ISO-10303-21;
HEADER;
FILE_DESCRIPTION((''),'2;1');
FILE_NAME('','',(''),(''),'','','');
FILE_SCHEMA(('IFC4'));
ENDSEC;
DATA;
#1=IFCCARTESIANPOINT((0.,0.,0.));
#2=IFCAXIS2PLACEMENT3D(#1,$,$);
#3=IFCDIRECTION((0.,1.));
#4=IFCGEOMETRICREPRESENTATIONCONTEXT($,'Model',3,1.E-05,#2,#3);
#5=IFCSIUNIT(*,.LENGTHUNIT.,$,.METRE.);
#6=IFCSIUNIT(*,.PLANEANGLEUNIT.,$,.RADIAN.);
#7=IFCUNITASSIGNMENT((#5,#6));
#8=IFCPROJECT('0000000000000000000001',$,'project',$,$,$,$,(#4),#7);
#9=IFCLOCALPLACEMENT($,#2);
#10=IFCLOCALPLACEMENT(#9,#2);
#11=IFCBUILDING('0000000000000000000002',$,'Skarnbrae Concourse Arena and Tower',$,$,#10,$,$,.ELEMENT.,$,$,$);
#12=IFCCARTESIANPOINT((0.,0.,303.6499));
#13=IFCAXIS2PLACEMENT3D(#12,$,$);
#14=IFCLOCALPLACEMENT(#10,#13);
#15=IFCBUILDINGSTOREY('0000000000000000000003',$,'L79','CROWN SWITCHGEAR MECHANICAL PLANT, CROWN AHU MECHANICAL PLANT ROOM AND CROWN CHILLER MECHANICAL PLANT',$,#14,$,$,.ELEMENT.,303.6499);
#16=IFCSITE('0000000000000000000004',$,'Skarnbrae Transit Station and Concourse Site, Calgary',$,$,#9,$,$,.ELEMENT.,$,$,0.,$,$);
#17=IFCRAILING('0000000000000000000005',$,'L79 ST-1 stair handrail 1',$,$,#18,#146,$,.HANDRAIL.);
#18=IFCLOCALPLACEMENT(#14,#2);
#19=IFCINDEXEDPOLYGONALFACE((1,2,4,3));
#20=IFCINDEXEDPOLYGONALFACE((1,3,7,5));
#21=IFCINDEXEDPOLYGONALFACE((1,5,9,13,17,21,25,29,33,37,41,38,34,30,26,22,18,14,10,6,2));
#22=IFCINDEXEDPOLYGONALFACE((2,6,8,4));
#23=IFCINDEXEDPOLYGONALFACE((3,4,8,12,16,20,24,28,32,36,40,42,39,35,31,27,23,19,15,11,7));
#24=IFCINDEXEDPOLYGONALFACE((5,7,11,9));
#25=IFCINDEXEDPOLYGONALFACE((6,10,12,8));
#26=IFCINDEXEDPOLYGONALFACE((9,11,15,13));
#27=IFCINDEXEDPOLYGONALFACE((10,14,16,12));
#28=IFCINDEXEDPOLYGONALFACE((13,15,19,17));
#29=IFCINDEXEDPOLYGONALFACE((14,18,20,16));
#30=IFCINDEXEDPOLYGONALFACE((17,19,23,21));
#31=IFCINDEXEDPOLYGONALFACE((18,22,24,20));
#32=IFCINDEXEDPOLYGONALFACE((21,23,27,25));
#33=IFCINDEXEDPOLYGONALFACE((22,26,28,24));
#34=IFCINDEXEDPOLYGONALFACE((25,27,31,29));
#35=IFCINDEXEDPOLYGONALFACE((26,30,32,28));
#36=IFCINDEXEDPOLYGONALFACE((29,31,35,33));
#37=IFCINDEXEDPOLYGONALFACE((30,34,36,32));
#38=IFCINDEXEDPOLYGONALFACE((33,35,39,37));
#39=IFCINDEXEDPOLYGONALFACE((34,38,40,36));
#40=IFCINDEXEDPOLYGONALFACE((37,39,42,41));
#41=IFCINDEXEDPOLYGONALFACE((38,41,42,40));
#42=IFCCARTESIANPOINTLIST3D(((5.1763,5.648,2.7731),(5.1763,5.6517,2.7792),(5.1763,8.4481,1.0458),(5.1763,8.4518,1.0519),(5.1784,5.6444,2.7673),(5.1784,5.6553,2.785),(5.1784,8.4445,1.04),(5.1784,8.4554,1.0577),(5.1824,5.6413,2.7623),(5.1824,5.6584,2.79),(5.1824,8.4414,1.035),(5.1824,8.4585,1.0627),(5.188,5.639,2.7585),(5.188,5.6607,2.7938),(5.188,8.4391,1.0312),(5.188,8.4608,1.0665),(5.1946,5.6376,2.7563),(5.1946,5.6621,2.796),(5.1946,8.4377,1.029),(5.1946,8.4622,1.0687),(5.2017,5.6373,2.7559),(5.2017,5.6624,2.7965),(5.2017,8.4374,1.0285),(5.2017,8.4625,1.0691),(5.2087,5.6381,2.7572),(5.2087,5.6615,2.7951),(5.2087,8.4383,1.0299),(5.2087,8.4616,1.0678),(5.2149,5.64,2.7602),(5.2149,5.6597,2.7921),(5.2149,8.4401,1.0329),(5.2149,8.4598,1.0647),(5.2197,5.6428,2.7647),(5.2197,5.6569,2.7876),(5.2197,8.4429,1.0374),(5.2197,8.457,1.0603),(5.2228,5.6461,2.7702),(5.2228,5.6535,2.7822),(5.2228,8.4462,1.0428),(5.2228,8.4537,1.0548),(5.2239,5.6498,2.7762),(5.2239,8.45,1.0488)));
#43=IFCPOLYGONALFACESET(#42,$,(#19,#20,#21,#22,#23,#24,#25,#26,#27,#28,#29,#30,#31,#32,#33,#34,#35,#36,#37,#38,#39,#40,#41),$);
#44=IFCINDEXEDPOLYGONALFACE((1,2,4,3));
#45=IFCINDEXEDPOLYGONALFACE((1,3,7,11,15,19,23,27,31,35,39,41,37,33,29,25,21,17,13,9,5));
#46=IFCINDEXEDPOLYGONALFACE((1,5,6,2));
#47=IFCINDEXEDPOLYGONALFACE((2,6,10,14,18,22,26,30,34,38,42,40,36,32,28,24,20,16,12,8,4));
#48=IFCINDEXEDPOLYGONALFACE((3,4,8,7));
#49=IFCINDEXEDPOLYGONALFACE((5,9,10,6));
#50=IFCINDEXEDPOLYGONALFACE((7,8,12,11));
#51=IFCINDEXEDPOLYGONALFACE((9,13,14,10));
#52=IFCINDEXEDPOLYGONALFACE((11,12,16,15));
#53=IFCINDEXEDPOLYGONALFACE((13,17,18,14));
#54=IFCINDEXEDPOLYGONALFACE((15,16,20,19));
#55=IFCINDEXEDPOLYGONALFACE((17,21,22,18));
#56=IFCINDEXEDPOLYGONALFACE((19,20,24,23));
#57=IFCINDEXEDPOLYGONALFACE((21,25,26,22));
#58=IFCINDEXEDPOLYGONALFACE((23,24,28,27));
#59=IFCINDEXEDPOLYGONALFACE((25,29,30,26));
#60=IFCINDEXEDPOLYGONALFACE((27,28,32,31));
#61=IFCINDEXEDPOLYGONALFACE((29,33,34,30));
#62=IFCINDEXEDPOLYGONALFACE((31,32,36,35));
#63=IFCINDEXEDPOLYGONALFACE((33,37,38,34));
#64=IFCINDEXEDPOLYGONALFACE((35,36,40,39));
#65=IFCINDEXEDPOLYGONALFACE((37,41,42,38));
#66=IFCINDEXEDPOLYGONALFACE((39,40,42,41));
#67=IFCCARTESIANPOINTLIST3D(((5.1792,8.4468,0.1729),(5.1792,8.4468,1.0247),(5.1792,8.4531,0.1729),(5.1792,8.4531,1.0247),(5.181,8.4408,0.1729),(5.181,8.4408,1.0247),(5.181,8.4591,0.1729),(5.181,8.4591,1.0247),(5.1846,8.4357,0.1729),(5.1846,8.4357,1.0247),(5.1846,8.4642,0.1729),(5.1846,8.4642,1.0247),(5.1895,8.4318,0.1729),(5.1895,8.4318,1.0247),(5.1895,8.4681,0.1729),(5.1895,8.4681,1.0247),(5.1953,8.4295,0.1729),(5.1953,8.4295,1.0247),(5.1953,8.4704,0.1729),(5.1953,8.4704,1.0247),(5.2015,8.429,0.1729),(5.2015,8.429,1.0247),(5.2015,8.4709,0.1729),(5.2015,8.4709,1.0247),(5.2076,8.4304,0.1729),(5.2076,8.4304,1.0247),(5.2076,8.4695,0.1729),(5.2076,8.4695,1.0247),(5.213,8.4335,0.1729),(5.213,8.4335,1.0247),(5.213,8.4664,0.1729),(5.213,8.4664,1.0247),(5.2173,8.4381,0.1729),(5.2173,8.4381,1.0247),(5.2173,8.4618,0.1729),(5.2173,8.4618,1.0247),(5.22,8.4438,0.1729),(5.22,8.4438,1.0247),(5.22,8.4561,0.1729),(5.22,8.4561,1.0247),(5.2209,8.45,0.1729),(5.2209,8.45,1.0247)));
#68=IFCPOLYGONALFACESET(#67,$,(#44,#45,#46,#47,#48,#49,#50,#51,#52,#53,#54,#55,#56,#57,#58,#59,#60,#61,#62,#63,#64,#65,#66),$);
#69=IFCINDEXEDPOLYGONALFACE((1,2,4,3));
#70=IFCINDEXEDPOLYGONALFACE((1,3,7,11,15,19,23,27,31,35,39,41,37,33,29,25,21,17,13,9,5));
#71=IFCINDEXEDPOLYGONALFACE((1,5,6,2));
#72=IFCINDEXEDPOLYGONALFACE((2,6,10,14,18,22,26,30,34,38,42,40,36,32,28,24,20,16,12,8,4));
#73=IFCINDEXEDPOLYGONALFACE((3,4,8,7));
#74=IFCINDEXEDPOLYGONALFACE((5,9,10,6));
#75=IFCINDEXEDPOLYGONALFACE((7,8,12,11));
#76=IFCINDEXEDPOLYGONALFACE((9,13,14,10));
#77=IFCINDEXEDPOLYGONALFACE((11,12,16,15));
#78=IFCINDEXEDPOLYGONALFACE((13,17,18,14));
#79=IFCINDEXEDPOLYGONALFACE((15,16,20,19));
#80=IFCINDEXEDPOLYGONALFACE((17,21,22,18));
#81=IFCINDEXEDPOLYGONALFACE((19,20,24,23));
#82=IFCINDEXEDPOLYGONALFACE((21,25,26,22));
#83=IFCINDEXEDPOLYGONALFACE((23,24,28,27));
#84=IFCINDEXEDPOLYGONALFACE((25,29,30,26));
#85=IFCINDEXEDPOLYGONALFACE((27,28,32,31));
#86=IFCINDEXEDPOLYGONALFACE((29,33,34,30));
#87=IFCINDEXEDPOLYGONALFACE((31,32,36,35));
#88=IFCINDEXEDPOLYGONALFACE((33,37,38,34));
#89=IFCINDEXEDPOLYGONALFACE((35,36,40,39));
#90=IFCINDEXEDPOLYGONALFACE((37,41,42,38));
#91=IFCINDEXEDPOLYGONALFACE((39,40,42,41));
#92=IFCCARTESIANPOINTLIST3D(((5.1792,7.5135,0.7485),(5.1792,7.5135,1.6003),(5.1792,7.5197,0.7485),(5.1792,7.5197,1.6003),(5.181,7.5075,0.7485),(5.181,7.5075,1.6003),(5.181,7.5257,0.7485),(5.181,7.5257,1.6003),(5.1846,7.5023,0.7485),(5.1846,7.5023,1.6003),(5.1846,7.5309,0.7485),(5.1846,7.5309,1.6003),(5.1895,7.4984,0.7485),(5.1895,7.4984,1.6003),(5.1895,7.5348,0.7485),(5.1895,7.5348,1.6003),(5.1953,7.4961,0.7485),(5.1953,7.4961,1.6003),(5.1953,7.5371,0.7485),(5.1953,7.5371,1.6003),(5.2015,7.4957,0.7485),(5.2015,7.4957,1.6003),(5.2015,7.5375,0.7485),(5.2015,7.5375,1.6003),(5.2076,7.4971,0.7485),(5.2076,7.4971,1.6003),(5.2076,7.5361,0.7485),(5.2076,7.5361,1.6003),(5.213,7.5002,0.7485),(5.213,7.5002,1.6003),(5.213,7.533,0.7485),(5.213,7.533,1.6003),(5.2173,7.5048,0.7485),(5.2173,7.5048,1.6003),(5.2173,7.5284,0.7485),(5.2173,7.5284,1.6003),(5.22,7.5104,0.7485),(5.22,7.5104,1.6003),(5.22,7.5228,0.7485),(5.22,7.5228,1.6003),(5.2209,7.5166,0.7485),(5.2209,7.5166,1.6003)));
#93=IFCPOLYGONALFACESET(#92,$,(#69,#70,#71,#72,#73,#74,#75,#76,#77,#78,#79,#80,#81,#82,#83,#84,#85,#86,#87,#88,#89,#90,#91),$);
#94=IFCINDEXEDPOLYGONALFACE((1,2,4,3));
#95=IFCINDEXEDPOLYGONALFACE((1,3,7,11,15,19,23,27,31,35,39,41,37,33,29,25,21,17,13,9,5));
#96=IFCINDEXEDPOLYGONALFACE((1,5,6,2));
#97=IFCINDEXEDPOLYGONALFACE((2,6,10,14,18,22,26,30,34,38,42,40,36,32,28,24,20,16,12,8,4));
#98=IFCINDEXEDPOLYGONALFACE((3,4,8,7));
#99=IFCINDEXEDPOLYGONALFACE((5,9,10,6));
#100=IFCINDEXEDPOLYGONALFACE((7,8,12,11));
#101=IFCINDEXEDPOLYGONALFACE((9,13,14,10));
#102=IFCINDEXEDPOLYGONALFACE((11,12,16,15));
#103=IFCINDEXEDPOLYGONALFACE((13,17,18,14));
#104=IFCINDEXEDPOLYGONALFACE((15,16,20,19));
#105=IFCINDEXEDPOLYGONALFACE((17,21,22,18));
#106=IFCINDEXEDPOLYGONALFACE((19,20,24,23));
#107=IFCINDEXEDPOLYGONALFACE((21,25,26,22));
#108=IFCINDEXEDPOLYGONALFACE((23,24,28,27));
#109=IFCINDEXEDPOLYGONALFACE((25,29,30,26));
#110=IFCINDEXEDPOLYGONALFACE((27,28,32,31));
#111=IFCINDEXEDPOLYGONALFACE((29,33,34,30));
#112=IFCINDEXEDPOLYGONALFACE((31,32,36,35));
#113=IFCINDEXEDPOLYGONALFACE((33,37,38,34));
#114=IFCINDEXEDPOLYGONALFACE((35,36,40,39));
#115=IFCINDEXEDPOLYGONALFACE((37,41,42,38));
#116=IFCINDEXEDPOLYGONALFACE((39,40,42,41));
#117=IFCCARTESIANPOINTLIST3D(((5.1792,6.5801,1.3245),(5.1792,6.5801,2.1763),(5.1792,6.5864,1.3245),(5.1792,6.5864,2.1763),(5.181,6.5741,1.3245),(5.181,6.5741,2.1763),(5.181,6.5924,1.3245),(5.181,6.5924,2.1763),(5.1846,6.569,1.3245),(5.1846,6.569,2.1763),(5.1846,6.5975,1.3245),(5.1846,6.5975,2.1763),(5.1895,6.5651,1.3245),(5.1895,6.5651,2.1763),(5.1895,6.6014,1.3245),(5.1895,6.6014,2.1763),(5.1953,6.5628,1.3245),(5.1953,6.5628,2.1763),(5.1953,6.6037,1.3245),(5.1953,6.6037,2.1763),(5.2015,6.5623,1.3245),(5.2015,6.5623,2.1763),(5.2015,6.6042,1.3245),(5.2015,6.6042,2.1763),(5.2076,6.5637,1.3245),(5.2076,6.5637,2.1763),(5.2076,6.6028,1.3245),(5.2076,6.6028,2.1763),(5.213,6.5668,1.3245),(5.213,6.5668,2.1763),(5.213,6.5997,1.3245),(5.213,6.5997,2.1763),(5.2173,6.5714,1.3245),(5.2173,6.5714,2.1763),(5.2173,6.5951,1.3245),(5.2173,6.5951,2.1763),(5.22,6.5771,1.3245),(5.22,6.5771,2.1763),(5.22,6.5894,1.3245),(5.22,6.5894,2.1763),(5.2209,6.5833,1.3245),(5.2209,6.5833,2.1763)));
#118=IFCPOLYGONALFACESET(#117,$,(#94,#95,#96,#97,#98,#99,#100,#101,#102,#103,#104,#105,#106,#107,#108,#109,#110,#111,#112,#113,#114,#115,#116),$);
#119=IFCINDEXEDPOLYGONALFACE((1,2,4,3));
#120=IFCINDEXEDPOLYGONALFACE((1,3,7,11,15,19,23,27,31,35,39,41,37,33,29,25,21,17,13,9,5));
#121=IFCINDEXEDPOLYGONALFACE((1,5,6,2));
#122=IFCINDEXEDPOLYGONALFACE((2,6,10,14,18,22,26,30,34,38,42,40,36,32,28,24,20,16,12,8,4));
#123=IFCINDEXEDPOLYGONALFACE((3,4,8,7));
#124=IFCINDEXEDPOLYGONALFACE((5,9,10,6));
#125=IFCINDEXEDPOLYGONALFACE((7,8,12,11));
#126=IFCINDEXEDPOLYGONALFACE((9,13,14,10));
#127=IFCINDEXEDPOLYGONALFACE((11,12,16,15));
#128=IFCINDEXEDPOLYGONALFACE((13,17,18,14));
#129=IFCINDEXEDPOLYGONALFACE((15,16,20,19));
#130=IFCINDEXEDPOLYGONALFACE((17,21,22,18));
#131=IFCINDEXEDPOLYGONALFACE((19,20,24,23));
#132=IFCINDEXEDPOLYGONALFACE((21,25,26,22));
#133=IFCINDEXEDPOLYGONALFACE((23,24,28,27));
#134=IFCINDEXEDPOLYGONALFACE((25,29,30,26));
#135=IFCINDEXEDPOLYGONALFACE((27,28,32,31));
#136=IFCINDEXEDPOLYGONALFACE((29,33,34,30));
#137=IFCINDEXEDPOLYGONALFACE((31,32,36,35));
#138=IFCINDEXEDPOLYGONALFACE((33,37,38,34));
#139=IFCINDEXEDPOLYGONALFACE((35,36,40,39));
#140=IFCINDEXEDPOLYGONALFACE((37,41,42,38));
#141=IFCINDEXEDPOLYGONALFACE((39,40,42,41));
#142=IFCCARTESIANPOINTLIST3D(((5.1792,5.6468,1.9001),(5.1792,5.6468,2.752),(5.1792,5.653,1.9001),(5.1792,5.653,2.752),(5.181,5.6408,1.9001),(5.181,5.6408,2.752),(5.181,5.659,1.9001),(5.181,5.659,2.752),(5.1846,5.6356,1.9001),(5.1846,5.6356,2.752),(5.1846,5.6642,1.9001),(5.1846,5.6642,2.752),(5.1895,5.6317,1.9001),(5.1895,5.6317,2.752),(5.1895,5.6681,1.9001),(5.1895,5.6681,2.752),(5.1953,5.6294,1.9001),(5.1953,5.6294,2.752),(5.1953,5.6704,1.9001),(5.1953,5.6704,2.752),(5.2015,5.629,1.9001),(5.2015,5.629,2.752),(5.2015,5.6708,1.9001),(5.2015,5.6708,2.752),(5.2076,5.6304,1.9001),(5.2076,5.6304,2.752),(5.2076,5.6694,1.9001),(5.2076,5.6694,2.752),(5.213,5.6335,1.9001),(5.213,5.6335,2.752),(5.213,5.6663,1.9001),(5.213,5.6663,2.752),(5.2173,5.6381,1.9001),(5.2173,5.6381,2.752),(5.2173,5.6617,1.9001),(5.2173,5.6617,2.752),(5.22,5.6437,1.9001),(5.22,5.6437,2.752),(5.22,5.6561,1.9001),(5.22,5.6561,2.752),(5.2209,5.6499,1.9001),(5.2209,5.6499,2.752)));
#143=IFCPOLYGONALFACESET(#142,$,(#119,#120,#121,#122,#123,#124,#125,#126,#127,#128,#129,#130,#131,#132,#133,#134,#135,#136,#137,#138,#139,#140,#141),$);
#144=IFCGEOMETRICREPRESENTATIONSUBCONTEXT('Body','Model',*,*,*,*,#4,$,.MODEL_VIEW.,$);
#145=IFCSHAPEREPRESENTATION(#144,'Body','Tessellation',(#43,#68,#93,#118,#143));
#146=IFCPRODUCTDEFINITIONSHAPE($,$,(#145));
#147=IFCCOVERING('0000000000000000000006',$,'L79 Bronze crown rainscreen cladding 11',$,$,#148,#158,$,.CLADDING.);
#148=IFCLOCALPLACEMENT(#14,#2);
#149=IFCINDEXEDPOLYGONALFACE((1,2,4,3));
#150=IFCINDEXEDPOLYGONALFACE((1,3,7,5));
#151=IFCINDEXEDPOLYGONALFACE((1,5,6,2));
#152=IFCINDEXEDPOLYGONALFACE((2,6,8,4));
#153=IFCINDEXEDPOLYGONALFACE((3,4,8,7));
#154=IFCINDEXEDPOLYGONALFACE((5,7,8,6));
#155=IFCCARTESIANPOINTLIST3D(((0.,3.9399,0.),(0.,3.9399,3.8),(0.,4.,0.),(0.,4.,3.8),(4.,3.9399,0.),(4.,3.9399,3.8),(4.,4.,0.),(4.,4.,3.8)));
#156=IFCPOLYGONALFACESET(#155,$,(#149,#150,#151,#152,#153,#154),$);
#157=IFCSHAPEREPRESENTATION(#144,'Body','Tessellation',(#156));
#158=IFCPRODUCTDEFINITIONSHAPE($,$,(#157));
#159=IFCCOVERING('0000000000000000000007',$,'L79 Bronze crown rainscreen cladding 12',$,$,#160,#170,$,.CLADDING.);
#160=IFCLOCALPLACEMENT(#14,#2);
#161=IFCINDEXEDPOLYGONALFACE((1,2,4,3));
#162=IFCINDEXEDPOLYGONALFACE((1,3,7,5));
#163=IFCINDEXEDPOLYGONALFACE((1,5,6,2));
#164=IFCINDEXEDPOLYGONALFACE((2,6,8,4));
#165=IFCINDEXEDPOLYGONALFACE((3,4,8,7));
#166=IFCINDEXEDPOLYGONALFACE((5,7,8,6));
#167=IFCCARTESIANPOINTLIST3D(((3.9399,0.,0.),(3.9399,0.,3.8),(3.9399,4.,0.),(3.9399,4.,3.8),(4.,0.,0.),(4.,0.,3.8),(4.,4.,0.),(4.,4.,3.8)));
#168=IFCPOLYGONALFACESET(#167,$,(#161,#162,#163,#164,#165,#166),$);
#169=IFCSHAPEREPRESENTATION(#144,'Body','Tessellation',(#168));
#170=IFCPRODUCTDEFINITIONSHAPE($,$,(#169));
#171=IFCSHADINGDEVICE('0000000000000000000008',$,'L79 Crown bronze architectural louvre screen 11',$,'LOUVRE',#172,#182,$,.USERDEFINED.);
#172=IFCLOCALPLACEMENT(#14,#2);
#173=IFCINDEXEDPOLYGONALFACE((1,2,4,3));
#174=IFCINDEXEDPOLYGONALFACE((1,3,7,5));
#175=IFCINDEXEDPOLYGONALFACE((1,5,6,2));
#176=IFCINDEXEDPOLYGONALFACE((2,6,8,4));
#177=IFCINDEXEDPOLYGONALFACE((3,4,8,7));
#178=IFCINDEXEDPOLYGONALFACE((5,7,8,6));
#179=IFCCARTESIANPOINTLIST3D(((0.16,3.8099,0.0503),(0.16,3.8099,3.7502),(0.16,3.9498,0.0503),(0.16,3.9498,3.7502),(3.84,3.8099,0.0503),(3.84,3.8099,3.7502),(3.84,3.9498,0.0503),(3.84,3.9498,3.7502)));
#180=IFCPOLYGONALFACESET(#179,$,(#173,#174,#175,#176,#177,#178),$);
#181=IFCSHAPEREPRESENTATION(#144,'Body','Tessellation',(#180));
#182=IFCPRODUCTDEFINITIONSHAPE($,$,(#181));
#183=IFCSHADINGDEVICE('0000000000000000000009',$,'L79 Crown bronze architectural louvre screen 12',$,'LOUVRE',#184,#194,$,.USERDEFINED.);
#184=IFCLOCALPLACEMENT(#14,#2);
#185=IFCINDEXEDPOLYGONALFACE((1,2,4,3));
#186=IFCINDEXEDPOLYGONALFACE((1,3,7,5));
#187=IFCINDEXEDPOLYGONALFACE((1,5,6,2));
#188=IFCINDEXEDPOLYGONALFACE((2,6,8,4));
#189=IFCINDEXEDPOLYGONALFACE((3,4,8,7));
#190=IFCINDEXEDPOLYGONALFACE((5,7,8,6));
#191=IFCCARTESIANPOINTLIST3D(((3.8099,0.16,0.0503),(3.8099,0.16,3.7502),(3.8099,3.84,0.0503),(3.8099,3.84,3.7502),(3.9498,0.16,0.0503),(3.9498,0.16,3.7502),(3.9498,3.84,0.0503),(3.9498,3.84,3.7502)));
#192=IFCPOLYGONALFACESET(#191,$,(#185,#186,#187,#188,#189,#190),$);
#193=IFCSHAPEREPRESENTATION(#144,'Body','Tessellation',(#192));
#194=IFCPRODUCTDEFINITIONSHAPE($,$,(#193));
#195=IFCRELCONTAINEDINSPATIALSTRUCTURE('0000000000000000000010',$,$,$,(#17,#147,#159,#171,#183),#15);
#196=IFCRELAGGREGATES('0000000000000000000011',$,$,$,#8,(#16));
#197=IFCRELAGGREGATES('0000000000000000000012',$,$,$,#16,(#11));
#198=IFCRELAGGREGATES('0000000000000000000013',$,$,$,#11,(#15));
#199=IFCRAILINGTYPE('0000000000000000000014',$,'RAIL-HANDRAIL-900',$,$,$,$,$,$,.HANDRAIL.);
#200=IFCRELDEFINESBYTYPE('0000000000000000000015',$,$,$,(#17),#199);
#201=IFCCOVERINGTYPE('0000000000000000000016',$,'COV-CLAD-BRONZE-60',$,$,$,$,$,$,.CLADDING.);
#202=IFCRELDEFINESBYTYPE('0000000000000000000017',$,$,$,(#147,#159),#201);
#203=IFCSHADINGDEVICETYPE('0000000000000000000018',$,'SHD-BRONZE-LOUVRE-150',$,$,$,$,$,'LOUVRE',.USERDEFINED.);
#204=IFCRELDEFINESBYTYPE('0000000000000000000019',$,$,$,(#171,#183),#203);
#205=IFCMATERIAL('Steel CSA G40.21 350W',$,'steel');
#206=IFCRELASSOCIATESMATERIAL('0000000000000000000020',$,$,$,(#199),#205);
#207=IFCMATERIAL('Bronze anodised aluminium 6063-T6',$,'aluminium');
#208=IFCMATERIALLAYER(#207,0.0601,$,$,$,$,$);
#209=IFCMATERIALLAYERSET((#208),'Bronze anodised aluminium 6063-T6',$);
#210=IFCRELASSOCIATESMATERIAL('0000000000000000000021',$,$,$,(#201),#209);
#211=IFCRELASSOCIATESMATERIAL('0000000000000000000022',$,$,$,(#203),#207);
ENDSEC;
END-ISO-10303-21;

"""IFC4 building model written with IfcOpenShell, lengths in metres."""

from ifc_helpers import new_model, si_unit, direction, frame, origin, origin_2d, place, context, subcontext, project, spatial, rectangle, circle, extrude, source, transform, mapped, material, layer, layer_set, type_object, element, save


model = new_model("IFC4")

# Units and contexts
model_context = context("Model", 3, precision=1e-05, world=origin(), true_north=direction((0.0, 1.0)))
body_context = subcontext(model_context, "Body", "Model", "MODEL_VIEW")
ifc_project = project(units=[si_unit("LENGTHUNIT", "METRE"), si_unit("PLANEANGLEUNIT", "RADIAN")], contexts=[model_context])

# Site, building, storey
site_placement = place(None, origin())
site = spatial("IfcSite", under=ifc_project, at=site_placement, Name="Skarnbrae Transit Station and Concourse Site, Calgary", CompositionType="ELEMENT", RefElevation=0.0)
building_placement = place(site_placement, origin())
building = spatial("IfcBuilding", under=site, at=building_placement, Name="Skarnbrae Concourse Arena and Tower", CompositionType="ELEMENT")
storey_placement = place(building_placement, frame((0.0, 0.0, 303.6499)))
storey = spatial("IfcBuildingStorey", under=building, at=storey_placement, Name="L79", Description="CROWN SWITCHGEAR MECHANICAL PLANT, CROWN AHU MECHANICAL PLANT ROOM AND CROWN CHILLER MECHANICAL PLANT", CompositionType="ELEMENT", Elevation=303.6499)

# Shared definitions
ifc_material_1 = material(Name="Steel CSA G40.21 350W", Category="steel")

# Railing
railing_type = type_object("IfcRailingType", Name="RAIL-HANDRAIL-900", PredefinedType="HANDRAIL", material=ifc_material_1)
railing_placement = place(storey_placement, frame((5.2, 8.45, 0.1729)))
element("IfcRailing", 1, at=railing_placement, inside=storey, type_object=railing_type, Name="L79 ST-1 stair handrail 1", PredefinedType="HANDRAIL", context=body_context, shape_type="SweptSolid", body=[
    extrude(circle(Radius=0.0239, at=origin_2d()), frame((0.0, 0.0, 0.876), z_axis=(0.0, -0.85109, 0.52502), x_axis=(1.0, 0.0, 0.0)), (0.0, 0.0, 1.0), 3.29),
    extrude(circle(Radius=0.021, at=origin_2d()), origin(), (0.0, 0.0, 1.0), 0.8518),
    extrude(circle(Radius=0.021, at=origin_2d()), frame((0.0, -0.9333, 0.5757)), (0.0, 0.0, 1.0), 0.8518),
    extrude(circle(Radius=0.021, at=origin_2d()), frame((0.0, -1.8667, 1.1516)), (0.0, 0.0, 1.0), 0.8518),
    extrude(circle(Radius=0.021, at=origin_2d()), frame((0.0, -2.8, 1.7273)), (0.0, 0.0, 1.0), 0.8518),
])

# Coverings
ifc_material_2 = material(Name="Bronze anodised aluminium 6063-T6", Category="aluminium")
ifc_layer_1 = layer(ifc_material_2, 0.0601)
ifc_layer_set_1 = layer_set([ifc_layer_1], Name="Bronze anodised aluminium 6063-T6")
covering_type = type_object("IfcCoveringType", Name="COV-CLAD-BRONZE-60", PredefinedType="CLADDING", material=ifc_layer_set_1)
shared_shape_1 = source(origin(), body_context, "Body", "SweptSolid", [
    extrude(rectangle(XDim=4.0, YDim=0.0601, at=origin_2d()), origin(), (0.0, 0.0, 1.0), 3.8),
])
for number, where, z_axis, x_axis, name in (
    (2, (2.0, 3.97, 0.0), (0.0, 0.0, 1.0), (1.0, 0.0, 0.0), "L79 Bronze crown rainscreen cladding 11"),
    (3, (3.97, 2.0, 0.0), (0.0, 0.0, 1.0), (0.0, -1.0, 0.0), "L79 Bronze crown rainscreen cladding 12"),
):
    element("IfcCovering", number, at=place(storey_placement, frame(where, z_axis=z_axis, x_axis=x_axis)), inside=storey, type_object=covering_type, Name=name, PredefinedType="CLADDING", context=body_context, shape_type="MappedRepresentation", body=[
        mapped(shared_shape_1, transform((0.0, 0.0, 0.0))),
    ])

# Shading devices
shading_device_type = type_object("IfcShadingDeviceType", Name="SHD-BRONZE-LOUVRE-150", ElementType="LOUVRE", PredefinedType="USERDEFINED", material=ifc_material_2)
shared_shape_2 = source(origin(), body_context, "Body", "SweptSolid", [
    extrude(rectangle(XDim=3.6799, YDim=0.1399, at=origin_2d()), origin(), (0.0, 0.0, 1.0), 3.7),
])
for number, where, z_axis, x_axis, name in (
    (4, (2.0, 3.8799, 0.0503), (0.0, 0.0, 1.0), (1.0, 0.0, 0.0), "L79 Crown bronze architectural louvre screen 11"),
    (5, (3.8799, 2.0, 0.0503), (0.0, 0.0, 1.0), (0.0, -1.0, 0.0), "L79 Crown bronze architectural louvre screen 12"),
):
    element("IfcShadingDevice", number, at=place(storey_placement, frame(where, z_axis=z_axis, x_axis=x_axis)), inside=storey, type_object=shading_device_type, Name=name, ObjectType="LOUVRE", PredefinedType="USERDEFINED", context=body_context, shape_type="MappedRepresentation", body=[
        mapped(shared_shape_2, transform((0.0, 0.0, 0.0))),
    ])

save(model, "model.ifc")
